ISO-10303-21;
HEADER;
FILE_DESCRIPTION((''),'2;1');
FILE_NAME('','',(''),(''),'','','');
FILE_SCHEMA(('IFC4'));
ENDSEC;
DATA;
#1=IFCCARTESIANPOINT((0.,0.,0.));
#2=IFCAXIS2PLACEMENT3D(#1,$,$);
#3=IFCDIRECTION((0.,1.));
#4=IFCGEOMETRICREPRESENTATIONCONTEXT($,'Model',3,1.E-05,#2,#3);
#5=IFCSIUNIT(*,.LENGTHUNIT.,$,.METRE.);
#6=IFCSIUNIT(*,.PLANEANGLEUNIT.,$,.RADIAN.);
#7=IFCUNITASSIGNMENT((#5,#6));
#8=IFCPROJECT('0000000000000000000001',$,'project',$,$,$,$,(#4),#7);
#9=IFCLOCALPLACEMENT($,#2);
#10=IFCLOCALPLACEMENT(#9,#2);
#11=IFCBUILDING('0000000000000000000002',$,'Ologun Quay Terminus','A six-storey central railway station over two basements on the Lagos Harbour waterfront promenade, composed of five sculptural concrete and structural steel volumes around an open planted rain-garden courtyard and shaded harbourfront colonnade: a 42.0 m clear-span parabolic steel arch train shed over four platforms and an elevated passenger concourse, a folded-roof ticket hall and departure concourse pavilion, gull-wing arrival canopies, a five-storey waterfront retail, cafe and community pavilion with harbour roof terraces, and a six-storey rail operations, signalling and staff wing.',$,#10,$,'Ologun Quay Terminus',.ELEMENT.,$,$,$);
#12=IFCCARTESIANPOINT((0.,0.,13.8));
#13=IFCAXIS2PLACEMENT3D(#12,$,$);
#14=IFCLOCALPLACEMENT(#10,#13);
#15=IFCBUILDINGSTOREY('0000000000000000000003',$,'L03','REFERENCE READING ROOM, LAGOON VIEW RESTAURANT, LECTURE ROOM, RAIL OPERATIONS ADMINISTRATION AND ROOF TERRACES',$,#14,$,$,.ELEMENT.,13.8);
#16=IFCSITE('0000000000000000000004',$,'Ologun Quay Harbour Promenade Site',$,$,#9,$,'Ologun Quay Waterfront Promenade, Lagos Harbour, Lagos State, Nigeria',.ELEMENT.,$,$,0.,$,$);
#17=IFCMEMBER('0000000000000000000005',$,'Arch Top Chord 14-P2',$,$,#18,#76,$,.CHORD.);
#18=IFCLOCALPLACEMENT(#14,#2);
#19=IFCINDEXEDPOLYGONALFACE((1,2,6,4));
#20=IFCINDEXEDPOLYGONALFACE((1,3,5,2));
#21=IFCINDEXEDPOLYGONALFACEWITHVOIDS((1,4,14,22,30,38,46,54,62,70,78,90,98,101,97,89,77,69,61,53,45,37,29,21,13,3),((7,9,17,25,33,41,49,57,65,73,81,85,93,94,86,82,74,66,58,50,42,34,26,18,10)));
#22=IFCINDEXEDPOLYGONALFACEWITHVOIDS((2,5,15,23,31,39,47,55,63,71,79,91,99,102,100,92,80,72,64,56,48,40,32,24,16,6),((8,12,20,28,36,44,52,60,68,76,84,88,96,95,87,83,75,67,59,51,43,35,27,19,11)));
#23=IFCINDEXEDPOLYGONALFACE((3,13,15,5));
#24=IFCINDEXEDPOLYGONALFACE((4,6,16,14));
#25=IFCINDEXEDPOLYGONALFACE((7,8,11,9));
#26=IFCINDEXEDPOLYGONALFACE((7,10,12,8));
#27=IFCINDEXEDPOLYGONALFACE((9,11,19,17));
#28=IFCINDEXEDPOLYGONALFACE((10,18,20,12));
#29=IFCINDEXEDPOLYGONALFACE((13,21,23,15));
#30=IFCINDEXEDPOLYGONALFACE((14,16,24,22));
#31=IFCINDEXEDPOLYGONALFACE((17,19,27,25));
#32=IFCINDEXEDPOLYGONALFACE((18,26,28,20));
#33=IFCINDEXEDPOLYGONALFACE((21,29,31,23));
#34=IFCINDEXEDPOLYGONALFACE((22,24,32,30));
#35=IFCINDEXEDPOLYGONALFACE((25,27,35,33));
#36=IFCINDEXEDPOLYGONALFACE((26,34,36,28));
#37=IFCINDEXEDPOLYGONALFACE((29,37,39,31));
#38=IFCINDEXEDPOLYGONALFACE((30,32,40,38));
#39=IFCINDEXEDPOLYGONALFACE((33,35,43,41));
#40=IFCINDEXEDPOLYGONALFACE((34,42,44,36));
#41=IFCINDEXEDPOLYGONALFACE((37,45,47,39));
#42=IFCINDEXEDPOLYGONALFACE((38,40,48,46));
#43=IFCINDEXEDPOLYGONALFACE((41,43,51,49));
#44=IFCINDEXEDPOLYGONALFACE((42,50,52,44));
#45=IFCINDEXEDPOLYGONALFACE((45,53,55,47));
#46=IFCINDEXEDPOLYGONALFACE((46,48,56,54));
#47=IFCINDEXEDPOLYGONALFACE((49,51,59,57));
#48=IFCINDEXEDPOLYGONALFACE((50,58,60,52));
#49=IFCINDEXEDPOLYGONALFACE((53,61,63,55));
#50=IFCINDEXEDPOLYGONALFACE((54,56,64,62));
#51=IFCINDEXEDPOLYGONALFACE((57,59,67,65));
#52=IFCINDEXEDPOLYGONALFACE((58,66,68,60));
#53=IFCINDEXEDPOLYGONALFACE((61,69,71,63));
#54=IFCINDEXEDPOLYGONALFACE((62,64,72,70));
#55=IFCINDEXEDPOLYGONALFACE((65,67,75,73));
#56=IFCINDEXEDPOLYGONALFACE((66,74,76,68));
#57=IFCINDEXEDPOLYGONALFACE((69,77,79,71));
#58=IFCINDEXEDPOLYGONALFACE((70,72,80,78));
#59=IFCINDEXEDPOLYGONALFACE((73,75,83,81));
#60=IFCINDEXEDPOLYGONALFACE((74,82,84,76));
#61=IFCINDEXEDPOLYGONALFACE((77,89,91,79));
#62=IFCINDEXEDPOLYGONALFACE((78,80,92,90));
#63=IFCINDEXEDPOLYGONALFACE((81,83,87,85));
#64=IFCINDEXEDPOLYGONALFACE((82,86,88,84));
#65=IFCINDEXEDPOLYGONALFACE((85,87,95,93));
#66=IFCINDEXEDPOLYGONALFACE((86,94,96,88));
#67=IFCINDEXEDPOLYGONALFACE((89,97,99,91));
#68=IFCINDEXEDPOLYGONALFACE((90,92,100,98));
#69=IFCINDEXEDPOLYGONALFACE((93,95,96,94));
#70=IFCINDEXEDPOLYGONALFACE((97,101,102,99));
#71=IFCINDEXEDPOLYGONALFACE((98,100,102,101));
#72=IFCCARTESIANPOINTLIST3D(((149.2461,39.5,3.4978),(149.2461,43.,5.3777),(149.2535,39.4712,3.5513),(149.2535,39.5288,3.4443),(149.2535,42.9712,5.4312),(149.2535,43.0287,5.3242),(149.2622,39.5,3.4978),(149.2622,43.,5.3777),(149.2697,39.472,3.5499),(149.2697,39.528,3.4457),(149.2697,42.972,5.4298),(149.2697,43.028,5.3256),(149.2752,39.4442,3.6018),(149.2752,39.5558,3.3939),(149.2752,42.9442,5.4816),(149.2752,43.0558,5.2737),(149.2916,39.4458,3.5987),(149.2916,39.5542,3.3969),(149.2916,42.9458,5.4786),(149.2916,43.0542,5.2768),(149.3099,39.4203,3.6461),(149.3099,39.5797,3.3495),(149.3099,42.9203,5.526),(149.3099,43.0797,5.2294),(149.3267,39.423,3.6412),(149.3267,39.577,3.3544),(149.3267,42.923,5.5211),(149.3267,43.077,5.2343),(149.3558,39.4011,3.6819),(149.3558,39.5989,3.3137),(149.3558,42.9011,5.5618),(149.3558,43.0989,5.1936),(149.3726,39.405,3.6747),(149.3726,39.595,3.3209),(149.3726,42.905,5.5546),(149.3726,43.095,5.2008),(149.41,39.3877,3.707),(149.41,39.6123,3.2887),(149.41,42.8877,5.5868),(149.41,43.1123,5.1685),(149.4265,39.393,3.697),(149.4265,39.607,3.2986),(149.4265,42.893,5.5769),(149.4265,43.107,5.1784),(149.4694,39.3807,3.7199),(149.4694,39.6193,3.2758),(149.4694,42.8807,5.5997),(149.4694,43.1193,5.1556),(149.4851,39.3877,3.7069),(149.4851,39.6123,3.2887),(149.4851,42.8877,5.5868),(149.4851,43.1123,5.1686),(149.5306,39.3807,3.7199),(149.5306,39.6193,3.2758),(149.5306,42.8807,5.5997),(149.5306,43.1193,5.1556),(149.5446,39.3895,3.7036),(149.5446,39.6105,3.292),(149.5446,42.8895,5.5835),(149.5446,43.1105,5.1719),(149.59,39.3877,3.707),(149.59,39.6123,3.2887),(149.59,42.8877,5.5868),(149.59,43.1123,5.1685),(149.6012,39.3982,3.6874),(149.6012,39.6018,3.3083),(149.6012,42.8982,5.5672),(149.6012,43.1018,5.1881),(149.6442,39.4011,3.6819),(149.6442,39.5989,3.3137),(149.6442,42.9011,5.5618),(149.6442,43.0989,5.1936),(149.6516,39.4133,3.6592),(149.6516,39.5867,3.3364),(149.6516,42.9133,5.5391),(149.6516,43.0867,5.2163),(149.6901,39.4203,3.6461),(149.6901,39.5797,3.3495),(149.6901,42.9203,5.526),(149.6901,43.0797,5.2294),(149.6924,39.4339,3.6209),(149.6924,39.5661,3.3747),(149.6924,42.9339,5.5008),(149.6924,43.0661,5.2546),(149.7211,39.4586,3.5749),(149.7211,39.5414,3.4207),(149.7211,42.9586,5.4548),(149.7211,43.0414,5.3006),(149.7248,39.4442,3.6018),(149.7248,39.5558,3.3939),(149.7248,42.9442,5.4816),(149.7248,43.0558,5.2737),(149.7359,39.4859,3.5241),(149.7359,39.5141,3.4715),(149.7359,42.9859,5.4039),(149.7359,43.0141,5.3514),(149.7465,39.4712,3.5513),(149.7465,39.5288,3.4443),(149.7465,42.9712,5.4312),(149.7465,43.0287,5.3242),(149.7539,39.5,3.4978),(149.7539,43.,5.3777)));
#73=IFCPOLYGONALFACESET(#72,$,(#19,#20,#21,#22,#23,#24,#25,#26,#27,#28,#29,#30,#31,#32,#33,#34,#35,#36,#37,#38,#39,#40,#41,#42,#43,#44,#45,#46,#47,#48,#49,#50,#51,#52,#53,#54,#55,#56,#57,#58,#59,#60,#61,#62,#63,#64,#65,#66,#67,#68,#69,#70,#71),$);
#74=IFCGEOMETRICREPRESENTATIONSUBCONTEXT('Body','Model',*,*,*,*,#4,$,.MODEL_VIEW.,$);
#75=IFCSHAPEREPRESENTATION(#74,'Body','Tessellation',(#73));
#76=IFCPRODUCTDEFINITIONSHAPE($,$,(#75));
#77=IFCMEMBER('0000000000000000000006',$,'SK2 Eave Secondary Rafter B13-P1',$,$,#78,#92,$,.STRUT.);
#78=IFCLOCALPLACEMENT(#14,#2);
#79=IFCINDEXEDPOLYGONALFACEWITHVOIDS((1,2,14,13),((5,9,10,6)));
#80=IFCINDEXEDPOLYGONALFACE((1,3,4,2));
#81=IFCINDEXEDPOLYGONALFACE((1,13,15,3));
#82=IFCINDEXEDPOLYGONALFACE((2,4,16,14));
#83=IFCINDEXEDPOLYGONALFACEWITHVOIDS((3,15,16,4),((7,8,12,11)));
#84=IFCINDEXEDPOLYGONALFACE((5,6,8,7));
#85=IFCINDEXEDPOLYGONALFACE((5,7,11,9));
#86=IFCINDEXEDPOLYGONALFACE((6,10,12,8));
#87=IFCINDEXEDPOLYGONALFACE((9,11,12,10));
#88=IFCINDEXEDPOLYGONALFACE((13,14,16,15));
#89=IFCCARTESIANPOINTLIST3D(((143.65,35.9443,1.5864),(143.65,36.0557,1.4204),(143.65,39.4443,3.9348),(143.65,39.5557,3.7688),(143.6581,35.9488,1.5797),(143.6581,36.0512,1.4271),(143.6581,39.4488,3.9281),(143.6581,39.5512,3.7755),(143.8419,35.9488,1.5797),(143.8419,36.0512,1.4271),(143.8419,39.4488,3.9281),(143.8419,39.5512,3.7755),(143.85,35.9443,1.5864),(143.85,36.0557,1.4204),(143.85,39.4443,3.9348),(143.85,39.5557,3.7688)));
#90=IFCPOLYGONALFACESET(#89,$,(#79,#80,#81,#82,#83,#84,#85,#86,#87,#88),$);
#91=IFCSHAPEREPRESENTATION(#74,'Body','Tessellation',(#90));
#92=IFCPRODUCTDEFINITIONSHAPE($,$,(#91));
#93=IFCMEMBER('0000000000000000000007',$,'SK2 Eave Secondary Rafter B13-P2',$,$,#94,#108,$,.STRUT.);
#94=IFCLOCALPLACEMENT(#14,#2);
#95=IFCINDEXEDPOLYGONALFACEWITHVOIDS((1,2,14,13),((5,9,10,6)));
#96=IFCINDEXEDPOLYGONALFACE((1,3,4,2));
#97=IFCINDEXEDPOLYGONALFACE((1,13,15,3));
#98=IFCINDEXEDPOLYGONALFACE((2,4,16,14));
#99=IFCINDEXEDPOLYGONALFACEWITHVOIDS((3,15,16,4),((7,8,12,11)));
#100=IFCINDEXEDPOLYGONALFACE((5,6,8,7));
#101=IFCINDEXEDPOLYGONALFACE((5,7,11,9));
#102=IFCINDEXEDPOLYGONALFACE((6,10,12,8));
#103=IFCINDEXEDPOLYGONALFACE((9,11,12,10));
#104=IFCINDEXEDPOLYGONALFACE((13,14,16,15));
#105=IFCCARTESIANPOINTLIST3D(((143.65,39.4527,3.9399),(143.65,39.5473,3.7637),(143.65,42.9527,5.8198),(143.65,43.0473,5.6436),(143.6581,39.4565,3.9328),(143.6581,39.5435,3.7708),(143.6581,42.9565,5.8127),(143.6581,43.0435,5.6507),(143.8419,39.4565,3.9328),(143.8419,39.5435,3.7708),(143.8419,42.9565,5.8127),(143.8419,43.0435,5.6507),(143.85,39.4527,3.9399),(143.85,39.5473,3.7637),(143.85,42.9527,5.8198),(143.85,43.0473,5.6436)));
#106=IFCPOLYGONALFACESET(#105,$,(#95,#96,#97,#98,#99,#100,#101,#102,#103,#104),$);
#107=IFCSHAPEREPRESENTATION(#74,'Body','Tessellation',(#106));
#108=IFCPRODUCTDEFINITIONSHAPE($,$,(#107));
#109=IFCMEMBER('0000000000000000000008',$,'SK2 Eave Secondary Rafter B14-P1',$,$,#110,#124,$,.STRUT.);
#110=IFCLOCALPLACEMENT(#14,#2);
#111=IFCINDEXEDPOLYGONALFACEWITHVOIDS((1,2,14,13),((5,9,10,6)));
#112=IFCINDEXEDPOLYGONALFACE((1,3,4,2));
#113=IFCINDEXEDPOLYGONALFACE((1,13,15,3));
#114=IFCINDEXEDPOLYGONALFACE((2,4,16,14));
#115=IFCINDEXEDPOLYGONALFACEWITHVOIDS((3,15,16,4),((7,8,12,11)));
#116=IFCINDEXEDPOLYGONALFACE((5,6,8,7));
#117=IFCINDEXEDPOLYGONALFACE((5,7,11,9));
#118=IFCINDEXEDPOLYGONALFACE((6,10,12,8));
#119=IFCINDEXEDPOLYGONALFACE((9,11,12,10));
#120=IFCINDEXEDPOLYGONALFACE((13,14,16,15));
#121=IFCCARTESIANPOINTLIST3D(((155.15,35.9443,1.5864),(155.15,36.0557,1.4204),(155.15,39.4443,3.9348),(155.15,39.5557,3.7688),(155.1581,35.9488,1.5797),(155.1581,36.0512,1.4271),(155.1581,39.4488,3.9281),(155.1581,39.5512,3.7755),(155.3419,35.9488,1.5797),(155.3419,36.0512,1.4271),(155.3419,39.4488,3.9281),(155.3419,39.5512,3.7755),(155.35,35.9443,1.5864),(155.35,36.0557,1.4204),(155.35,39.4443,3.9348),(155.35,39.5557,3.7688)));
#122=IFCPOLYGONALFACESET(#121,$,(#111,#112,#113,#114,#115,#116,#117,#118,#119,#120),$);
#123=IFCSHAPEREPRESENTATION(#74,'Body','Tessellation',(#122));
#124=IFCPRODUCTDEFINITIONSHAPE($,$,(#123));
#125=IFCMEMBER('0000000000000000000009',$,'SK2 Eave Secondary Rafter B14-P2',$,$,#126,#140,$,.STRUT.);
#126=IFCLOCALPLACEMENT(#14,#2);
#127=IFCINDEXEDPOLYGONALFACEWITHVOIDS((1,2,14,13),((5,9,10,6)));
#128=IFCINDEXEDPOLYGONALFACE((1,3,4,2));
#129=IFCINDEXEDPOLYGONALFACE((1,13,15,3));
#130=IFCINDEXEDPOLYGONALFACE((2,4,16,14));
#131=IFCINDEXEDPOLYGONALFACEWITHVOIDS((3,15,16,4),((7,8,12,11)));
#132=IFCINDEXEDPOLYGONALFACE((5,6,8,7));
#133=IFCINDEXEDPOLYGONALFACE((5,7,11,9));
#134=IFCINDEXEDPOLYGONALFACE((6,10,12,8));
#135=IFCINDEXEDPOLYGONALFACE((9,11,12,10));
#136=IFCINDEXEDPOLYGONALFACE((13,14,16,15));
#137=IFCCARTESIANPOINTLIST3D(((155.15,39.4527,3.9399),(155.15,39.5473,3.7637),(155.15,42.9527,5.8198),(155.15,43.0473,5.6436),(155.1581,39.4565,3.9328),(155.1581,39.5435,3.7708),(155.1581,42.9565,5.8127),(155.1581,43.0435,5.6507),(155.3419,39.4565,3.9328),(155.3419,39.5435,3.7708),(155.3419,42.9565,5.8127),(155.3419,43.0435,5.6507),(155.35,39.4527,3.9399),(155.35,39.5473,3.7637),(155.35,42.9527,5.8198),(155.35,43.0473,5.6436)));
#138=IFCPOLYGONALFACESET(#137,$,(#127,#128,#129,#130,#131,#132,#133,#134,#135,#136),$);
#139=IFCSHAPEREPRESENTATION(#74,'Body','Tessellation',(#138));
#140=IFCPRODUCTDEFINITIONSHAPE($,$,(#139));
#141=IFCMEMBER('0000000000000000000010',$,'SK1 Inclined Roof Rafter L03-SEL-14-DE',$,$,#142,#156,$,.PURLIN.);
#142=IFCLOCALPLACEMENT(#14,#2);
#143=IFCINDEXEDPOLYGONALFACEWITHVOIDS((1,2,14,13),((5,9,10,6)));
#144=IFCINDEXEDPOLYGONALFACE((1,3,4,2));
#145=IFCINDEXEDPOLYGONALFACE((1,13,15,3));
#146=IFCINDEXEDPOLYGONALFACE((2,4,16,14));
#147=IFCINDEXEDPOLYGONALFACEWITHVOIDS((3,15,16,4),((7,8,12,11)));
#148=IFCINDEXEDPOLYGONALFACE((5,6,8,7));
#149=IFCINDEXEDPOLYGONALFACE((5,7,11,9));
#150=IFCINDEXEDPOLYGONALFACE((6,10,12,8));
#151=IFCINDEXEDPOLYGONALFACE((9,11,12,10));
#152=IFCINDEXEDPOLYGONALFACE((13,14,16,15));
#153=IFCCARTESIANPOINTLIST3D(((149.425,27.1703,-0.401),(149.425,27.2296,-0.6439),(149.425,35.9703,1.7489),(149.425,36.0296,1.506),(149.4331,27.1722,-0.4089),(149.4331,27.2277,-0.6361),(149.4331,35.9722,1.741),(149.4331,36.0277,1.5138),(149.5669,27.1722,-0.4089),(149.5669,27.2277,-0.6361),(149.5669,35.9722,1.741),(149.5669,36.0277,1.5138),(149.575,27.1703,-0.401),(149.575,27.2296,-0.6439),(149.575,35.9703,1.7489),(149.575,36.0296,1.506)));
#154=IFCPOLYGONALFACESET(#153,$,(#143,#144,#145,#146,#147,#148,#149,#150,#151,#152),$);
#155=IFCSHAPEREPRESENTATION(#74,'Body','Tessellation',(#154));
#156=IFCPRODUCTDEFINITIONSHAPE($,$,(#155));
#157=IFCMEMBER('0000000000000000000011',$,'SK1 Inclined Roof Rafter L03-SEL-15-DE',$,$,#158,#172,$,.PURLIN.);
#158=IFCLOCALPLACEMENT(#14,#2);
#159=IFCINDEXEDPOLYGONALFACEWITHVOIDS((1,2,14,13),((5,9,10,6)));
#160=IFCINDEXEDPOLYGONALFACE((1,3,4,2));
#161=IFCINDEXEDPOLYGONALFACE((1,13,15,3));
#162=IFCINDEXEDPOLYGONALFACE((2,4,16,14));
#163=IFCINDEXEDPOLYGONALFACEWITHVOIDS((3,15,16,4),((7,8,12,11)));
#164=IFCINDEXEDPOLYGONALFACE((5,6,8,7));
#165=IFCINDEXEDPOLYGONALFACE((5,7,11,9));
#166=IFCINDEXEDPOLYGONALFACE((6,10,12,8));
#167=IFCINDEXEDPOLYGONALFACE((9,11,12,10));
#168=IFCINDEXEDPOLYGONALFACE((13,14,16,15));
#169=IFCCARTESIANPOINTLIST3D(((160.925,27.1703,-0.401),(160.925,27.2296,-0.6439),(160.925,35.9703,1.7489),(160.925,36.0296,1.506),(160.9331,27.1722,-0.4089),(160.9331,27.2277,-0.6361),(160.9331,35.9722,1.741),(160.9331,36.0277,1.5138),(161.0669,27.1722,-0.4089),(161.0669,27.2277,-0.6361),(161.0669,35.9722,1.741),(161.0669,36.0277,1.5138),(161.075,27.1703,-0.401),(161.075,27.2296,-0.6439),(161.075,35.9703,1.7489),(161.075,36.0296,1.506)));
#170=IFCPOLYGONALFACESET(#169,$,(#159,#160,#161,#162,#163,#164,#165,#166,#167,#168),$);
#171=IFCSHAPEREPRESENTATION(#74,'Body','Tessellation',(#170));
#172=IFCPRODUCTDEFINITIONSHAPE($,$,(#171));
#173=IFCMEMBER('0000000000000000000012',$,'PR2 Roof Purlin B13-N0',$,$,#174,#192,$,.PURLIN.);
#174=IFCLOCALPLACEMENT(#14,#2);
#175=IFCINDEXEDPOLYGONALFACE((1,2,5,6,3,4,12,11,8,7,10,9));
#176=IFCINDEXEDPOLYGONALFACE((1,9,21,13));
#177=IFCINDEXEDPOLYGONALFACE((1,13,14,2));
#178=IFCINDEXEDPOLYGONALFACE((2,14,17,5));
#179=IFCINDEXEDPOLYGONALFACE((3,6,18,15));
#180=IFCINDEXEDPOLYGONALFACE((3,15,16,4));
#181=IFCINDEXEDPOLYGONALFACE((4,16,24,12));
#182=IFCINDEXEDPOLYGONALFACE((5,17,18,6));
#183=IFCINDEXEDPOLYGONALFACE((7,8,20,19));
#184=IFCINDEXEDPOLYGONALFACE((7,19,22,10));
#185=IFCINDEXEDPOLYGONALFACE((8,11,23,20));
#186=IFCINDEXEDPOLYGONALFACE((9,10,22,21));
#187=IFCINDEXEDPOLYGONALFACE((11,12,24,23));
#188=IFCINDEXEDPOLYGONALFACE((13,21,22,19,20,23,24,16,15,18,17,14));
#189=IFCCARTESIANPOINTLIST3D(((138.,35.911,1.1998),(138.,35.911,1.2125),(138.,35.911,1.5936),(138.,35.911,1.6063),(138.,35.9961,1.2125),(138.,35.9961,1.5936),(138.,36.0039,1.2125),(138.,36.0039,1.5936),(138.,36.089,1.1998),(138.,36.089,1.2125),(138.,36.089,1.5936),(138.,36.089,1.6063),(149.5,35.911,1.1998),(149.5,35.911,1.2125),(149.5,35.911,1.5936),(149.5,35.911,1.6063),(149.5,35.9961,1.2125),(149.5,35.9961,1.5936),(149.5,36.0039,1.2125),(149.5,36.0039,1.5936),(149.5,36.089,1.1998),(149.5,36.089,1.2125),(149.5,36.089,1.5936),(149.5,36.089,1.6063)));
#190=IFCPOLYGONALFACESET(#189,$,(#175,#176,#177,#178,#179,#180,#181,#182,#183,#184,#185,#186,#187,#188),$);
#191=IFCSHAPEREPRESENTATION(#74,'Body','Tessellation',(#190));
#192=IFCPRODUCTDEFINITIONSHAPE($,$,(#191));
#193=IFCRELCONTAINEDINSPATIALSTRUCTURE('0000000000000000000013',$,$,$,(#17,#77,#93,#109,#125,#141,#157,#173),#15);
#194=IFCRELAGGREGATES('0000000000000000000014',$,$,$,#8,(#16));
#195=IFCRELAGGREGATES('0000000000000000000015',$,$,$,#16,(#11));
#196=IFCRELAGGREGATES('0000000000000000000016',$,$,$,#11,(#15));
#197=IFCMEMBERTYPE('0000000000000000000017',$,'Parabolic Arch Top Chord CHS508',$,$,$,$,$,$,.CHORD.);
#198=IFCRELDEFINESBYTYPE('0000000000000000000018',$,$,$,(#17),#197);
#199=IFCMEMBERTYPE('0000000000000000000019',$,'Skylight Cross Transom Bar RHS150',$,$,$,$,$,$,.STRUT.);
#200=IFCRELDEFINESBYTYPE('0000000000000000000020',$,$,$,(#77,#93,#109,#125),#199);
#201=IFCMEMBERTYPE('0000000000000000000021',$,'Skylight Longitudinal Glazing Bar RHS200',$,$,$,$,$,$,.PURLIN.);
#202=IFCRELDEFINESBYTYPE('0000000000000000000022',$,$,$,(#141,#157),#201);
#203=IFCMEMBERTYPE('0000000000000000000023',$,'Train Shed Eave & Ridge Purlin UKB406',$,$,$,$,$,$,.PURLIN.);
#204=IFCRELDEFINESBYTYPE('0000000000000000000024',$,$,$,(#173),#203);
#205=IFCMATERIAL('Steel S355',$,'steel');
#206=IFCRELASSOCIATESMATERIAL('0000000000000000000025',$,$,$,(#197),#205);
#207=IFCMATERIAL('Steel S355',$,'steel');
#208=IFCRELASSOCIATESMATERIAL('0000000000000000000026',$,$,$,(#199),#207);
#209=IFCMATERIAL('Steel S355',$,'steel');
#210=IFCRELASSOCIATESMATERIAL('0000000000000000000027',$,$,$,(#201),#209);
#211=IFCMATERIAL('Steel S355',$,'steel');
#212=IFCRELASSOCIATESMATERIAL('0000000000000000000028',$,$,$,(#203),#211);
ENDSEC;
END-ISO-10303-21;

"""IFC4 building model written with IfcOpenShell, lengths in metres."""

from ifc_helpers import new_model, si_unit, direction, frame, origin, origin_2d, place, context, subcontext, project, spatial, hollow_rectangle, hollow_circle, i_section, extrude, material, material_profile, profile_set, type_object, element, save


model = new_model("IFC4")

# Units and contexts
model_context = context("Model", 3, precision=1e-05, world=origin(), true_north=direction((0.0, 1.0)))
body_context = subcontext(model_context, "Body", "Model", "MODEL_VIEW")
ifc_project = project(units=[si_unit("LENGTHUNIT", "METRE"), si_unit("PLANEANGLEUNIT", "RADIAN")], contexts=[model_context])

# Site, building, storey
site_placement = place(None, origin())
site = spatial("IfcSite", under=ifc_project, at=site_placement, Name="Ologun Quay Harbour Promenade Site", LongName="Ologun Quay Waterfront Promenade, Lagos Harbour, Lagos State, Nigeria", CompositionType="ELEMENT", RefElevation=0.0)
building_placement = place(site_placement, origin())
building = spatial("IfcBuilding", under=site, at=building_placement, Name="Ologun Quay Terminus", Description="A six-storey central railway station over two basements on the Lagos Harbour waterfront promenade, composed of five sculptural concrete and structural steel volumes around an open planted rain-garden courtyard and shaded harbourfront colonnade: a 42.0 m clear-span parabolic steel arch train shed over four platforms and an elevated passenger concourse, a folded-roof ticket hall and departure concourse pavilion, gull-wing arrival canopies, a five-storey waterfront retail, cafe and community pavilion with harbour roof terraces, and a six-storey rail operations, signalling and staff wing.", LongName="Ologun Quay Terminus", CompositionType="ELEMENT")
storey_placement = place(building_placement, frame((0.0, 0.0, 13.8)))
storey = spatial("IfcBuildingStorey", under=building, at=storey_placement, Name="L03", Description="REFERENCE READING ROOM, LAGOON VIEW RESTAURANT, LECTURE ROOM, RAIL OPERATIONS ADMINISTRATION AND ROOF TERRACES", CompositionType="ELEMENT", Elevation=13.8)

# Members
ifc_material_1 = material(Name="Steel S355", Category="steel")
ifc_material_profile_1 = material_profile(ifc_material_1, hollow_circle(Radius=0.2539, WallThickness=0.0161, at=origin_2d()), Name="CHS 508x16")
ifc_profile_set_1 = profile_set([ifc_material_profile_1], Name="Steel S355")
member_type_1 = type_object("IfcMemberType", Name="Parabolic Arch Top Chord CHS508", PredefinedType="CHORD", material=ifc_profile_set_1)
member_1_placement = place(storey_placement, frame((149.5, 39.5, 3.4978), z_axis=(0.0, 0.880968, 0.473176), x_axis=(-1.0, 0.0, 0.0)))
element("IfcMember", 1, at=member_1_placement, inside=storey, type_object=member_type_1, Name="Arch Top Chord 14-P2", PredefinedType="CHORD", context=body_context, shape_type="SweptSolid", body=[
    extrude(hollow_circle(Radius=0.2539, WallThickness=0.0161, at=origin_2d()), origin(), (0.0, 0.0, 1.0), 3.9729),
])
ifc_material_2 = material(Name="Steel S355", Category="steel")
ifc_material_profile_2 = material_profile(ifc_material_2, hollow_rectangle(XDim=0.2, YDim=0.2, WallThickness=0.0081, at=origin_2d()), Name="SHS 200x200x8")
ifc_profile_set_2 = profile_set([ifc_material_profile_2], Name="Steel S355")
member_type_2 = type_object("IfcMemberType", Name="Skylight Cross Transom Bar RHS150", PredefinedType="STRUT", material=ifc_profile_set_2)
member_2_placement = place(storey_placement, frame((143.75, 36.0, 1.5034), z_axis=(0.0, 0.830398, 0.557171), x_axis=(-1.0, 0.0, 0.0)))
element("IfcMember", 2, at=member_2_placement, inside=storey, type_object=member_type_2, Name="SK2 Eave Secondary Rafter B13-P1", PredefinedType="STRUT", context=body_context, shape_type="SweptSolid", body=[
    extrude(hollow_rectangle(XDim=0.2, YDim=0.2, WallThickness=0.0081, at=origin_2d()), origin(), (0.0, 0.0, 1.0), 4.2148),
])
member_3_placement = place(storey_placement, frame((143.75, 39.5, 3.8518), z_axis=(0.0, 0.880968, 0.473176), x_axis=(-1.0, 0.0, 0.0)))
element("IfcMember", 3, at=member_3_placement, inside=storey, type_object=member_type_2, Name="SK2 Eave Secondary Rafter B13-P2", PredefinedType="STRUT", context=body_context, shape_type="SweptSolid", body=[
    extrude(hollow_rectangle(XDim=0.2, YDim=0.2, WallThickness=0.0081, at=origin_2d()), origin(), (0.0, 0.0, 1.0), 3.9729),
])
member_4_placement = place(storey_placement, frame((155.25, 36.0, 1.5034), z_axis=(0.0, 0.830398, 0.557171), x_axis=(-1.0, 0.0, 0.0)))
element("IfcMember", 4, at=member_4_placement, inside=storey, type_object=member_type_2, Name="SK2 Eave Secondary Rafter B14-P1", PredefinedType="STRUT", context=body_context, shape_type="SweptSolid", body=[
    extrude(hollow_rectangle(XDim=0.2, YDim=0.2, WallThickness=0.0081, at=origin_2d()), origin(), (0.0, 0.0, 1.0), 4.2148),
])
member_5_placement = place(storey_placement, frame((155.25, 39.5, 3.8518), z_axis=(0.0, 0.880968, 0.473176), x_axis=(-1.0, 0.0, 0.0)))
element("IfcMember", 5, at=member_5_placement, inside=storey, type_object=member_type_2, Name="SK2 Eave Secondary Rafter B14-P2", PredefinedType="STRUT", context=body_context, shape_type="SweptSolid", body=[
    extrude(hollow_rectangle(XDim=0.2, YDim=0.2, WallThickness=0.0081, at=origin_2d()), origin(), (0.0, 0.0, 1.0), 3.9729),
])
ifc_material_3 = material(Name="Steel S355", Category="steel")
ifc_material_profile_3 = material_profile(ifc_material_3, hollow_rectangle(XDim=0.1499, YDim=0.25, WallThickness=0.0081, at=origin_2d()), Name="RHS 250x150x8")
ifc_profile_set_3 = profile_set([ifc_material_profile_3], Name="Steel S355")
member_type_3 = type_object("IfcMemberType", Name="Skylight Longitudinal Glazing Bar RHS200", PredefinedType="PURLIN", material=ifc_profile_set_3)
for number, where, z_axis, x_axis, name in (
    (6, (149.5, 27.2, -0.5225), (0.0, 0.97143, 0.237326), (-1.0, 0.0, 0.0), "SK1 Inclined Roof Rafter L03-SEL-14-DE"),
    (7, (161.0, 27.2, -0.5225), (0.0, 0.97143, 0.237326), (-1.0, 0.0, 0.0), "SK1 Inclined Roof Rafter L03-SEL-15-DE"),
):
    element("IfcMember", number, at=place(storey_placement, frame(where, z_axis=z_axis, x_axis=x_axis)), inside=storey, type_object=member_type_3, Name=name, PredefinedType="PURLIN", context=body_context, shape_type="SweptSolid", body=[
        extrude(hollow_rectangle(XDim=0.1499, YDim=0.25, WallThickness=0.0081, at=origin_2d()), origin(), (0.0, 0.0, 1.0), 9.0588),
    ])
ifc_material_4 = material(Name="Steel S355", Category="steel")
ifc_material_profile_4 = material_profile(ifc_material_4, i_section(OverallWidth=0.178, OverallDepth=0.4065, WebThickness=0.0078, FlangeThickness=0.0127, at=origin_2d()), Name="UKB 406x178x60")
ifc_profile_set_4 = profile_set([ifc_material_profile_4], Name="Steel S355")
member_type_4 = type_object("IfcMemberType", Name="Train Shed Eave & Ridge Purlin UKB406", PredefinedType="PURLIN", material=ifc_profile_set_4)
for number, where, z_axis, x_axis, name in (
    (8, (138.0, 36.0, 1.4031), (1.0, 0.0, 0.0), (0.0, 1.0, 0.0), "PR2 Roof Purlin B13-N0"),
):
    element("IfcMember", number, at=place(storey_placement, frame(where, z_axis=z_axis, x_axis=x_axis)), inside=storey, type_object=member_type_4, Name=name, PredefinedType="PURLIN", context=body_context, shape_type="SweptSolid", body=[
        extrude(i_section(OverallWidth=0.178, OverallDepth=0.4065, WebThickness=0.0078, FlangeThickness=0.0127, at=origin_2d()), origin(), (0.0, 0.0, 1.0), 11.5),
    ])

save(model, "model.ifc")
